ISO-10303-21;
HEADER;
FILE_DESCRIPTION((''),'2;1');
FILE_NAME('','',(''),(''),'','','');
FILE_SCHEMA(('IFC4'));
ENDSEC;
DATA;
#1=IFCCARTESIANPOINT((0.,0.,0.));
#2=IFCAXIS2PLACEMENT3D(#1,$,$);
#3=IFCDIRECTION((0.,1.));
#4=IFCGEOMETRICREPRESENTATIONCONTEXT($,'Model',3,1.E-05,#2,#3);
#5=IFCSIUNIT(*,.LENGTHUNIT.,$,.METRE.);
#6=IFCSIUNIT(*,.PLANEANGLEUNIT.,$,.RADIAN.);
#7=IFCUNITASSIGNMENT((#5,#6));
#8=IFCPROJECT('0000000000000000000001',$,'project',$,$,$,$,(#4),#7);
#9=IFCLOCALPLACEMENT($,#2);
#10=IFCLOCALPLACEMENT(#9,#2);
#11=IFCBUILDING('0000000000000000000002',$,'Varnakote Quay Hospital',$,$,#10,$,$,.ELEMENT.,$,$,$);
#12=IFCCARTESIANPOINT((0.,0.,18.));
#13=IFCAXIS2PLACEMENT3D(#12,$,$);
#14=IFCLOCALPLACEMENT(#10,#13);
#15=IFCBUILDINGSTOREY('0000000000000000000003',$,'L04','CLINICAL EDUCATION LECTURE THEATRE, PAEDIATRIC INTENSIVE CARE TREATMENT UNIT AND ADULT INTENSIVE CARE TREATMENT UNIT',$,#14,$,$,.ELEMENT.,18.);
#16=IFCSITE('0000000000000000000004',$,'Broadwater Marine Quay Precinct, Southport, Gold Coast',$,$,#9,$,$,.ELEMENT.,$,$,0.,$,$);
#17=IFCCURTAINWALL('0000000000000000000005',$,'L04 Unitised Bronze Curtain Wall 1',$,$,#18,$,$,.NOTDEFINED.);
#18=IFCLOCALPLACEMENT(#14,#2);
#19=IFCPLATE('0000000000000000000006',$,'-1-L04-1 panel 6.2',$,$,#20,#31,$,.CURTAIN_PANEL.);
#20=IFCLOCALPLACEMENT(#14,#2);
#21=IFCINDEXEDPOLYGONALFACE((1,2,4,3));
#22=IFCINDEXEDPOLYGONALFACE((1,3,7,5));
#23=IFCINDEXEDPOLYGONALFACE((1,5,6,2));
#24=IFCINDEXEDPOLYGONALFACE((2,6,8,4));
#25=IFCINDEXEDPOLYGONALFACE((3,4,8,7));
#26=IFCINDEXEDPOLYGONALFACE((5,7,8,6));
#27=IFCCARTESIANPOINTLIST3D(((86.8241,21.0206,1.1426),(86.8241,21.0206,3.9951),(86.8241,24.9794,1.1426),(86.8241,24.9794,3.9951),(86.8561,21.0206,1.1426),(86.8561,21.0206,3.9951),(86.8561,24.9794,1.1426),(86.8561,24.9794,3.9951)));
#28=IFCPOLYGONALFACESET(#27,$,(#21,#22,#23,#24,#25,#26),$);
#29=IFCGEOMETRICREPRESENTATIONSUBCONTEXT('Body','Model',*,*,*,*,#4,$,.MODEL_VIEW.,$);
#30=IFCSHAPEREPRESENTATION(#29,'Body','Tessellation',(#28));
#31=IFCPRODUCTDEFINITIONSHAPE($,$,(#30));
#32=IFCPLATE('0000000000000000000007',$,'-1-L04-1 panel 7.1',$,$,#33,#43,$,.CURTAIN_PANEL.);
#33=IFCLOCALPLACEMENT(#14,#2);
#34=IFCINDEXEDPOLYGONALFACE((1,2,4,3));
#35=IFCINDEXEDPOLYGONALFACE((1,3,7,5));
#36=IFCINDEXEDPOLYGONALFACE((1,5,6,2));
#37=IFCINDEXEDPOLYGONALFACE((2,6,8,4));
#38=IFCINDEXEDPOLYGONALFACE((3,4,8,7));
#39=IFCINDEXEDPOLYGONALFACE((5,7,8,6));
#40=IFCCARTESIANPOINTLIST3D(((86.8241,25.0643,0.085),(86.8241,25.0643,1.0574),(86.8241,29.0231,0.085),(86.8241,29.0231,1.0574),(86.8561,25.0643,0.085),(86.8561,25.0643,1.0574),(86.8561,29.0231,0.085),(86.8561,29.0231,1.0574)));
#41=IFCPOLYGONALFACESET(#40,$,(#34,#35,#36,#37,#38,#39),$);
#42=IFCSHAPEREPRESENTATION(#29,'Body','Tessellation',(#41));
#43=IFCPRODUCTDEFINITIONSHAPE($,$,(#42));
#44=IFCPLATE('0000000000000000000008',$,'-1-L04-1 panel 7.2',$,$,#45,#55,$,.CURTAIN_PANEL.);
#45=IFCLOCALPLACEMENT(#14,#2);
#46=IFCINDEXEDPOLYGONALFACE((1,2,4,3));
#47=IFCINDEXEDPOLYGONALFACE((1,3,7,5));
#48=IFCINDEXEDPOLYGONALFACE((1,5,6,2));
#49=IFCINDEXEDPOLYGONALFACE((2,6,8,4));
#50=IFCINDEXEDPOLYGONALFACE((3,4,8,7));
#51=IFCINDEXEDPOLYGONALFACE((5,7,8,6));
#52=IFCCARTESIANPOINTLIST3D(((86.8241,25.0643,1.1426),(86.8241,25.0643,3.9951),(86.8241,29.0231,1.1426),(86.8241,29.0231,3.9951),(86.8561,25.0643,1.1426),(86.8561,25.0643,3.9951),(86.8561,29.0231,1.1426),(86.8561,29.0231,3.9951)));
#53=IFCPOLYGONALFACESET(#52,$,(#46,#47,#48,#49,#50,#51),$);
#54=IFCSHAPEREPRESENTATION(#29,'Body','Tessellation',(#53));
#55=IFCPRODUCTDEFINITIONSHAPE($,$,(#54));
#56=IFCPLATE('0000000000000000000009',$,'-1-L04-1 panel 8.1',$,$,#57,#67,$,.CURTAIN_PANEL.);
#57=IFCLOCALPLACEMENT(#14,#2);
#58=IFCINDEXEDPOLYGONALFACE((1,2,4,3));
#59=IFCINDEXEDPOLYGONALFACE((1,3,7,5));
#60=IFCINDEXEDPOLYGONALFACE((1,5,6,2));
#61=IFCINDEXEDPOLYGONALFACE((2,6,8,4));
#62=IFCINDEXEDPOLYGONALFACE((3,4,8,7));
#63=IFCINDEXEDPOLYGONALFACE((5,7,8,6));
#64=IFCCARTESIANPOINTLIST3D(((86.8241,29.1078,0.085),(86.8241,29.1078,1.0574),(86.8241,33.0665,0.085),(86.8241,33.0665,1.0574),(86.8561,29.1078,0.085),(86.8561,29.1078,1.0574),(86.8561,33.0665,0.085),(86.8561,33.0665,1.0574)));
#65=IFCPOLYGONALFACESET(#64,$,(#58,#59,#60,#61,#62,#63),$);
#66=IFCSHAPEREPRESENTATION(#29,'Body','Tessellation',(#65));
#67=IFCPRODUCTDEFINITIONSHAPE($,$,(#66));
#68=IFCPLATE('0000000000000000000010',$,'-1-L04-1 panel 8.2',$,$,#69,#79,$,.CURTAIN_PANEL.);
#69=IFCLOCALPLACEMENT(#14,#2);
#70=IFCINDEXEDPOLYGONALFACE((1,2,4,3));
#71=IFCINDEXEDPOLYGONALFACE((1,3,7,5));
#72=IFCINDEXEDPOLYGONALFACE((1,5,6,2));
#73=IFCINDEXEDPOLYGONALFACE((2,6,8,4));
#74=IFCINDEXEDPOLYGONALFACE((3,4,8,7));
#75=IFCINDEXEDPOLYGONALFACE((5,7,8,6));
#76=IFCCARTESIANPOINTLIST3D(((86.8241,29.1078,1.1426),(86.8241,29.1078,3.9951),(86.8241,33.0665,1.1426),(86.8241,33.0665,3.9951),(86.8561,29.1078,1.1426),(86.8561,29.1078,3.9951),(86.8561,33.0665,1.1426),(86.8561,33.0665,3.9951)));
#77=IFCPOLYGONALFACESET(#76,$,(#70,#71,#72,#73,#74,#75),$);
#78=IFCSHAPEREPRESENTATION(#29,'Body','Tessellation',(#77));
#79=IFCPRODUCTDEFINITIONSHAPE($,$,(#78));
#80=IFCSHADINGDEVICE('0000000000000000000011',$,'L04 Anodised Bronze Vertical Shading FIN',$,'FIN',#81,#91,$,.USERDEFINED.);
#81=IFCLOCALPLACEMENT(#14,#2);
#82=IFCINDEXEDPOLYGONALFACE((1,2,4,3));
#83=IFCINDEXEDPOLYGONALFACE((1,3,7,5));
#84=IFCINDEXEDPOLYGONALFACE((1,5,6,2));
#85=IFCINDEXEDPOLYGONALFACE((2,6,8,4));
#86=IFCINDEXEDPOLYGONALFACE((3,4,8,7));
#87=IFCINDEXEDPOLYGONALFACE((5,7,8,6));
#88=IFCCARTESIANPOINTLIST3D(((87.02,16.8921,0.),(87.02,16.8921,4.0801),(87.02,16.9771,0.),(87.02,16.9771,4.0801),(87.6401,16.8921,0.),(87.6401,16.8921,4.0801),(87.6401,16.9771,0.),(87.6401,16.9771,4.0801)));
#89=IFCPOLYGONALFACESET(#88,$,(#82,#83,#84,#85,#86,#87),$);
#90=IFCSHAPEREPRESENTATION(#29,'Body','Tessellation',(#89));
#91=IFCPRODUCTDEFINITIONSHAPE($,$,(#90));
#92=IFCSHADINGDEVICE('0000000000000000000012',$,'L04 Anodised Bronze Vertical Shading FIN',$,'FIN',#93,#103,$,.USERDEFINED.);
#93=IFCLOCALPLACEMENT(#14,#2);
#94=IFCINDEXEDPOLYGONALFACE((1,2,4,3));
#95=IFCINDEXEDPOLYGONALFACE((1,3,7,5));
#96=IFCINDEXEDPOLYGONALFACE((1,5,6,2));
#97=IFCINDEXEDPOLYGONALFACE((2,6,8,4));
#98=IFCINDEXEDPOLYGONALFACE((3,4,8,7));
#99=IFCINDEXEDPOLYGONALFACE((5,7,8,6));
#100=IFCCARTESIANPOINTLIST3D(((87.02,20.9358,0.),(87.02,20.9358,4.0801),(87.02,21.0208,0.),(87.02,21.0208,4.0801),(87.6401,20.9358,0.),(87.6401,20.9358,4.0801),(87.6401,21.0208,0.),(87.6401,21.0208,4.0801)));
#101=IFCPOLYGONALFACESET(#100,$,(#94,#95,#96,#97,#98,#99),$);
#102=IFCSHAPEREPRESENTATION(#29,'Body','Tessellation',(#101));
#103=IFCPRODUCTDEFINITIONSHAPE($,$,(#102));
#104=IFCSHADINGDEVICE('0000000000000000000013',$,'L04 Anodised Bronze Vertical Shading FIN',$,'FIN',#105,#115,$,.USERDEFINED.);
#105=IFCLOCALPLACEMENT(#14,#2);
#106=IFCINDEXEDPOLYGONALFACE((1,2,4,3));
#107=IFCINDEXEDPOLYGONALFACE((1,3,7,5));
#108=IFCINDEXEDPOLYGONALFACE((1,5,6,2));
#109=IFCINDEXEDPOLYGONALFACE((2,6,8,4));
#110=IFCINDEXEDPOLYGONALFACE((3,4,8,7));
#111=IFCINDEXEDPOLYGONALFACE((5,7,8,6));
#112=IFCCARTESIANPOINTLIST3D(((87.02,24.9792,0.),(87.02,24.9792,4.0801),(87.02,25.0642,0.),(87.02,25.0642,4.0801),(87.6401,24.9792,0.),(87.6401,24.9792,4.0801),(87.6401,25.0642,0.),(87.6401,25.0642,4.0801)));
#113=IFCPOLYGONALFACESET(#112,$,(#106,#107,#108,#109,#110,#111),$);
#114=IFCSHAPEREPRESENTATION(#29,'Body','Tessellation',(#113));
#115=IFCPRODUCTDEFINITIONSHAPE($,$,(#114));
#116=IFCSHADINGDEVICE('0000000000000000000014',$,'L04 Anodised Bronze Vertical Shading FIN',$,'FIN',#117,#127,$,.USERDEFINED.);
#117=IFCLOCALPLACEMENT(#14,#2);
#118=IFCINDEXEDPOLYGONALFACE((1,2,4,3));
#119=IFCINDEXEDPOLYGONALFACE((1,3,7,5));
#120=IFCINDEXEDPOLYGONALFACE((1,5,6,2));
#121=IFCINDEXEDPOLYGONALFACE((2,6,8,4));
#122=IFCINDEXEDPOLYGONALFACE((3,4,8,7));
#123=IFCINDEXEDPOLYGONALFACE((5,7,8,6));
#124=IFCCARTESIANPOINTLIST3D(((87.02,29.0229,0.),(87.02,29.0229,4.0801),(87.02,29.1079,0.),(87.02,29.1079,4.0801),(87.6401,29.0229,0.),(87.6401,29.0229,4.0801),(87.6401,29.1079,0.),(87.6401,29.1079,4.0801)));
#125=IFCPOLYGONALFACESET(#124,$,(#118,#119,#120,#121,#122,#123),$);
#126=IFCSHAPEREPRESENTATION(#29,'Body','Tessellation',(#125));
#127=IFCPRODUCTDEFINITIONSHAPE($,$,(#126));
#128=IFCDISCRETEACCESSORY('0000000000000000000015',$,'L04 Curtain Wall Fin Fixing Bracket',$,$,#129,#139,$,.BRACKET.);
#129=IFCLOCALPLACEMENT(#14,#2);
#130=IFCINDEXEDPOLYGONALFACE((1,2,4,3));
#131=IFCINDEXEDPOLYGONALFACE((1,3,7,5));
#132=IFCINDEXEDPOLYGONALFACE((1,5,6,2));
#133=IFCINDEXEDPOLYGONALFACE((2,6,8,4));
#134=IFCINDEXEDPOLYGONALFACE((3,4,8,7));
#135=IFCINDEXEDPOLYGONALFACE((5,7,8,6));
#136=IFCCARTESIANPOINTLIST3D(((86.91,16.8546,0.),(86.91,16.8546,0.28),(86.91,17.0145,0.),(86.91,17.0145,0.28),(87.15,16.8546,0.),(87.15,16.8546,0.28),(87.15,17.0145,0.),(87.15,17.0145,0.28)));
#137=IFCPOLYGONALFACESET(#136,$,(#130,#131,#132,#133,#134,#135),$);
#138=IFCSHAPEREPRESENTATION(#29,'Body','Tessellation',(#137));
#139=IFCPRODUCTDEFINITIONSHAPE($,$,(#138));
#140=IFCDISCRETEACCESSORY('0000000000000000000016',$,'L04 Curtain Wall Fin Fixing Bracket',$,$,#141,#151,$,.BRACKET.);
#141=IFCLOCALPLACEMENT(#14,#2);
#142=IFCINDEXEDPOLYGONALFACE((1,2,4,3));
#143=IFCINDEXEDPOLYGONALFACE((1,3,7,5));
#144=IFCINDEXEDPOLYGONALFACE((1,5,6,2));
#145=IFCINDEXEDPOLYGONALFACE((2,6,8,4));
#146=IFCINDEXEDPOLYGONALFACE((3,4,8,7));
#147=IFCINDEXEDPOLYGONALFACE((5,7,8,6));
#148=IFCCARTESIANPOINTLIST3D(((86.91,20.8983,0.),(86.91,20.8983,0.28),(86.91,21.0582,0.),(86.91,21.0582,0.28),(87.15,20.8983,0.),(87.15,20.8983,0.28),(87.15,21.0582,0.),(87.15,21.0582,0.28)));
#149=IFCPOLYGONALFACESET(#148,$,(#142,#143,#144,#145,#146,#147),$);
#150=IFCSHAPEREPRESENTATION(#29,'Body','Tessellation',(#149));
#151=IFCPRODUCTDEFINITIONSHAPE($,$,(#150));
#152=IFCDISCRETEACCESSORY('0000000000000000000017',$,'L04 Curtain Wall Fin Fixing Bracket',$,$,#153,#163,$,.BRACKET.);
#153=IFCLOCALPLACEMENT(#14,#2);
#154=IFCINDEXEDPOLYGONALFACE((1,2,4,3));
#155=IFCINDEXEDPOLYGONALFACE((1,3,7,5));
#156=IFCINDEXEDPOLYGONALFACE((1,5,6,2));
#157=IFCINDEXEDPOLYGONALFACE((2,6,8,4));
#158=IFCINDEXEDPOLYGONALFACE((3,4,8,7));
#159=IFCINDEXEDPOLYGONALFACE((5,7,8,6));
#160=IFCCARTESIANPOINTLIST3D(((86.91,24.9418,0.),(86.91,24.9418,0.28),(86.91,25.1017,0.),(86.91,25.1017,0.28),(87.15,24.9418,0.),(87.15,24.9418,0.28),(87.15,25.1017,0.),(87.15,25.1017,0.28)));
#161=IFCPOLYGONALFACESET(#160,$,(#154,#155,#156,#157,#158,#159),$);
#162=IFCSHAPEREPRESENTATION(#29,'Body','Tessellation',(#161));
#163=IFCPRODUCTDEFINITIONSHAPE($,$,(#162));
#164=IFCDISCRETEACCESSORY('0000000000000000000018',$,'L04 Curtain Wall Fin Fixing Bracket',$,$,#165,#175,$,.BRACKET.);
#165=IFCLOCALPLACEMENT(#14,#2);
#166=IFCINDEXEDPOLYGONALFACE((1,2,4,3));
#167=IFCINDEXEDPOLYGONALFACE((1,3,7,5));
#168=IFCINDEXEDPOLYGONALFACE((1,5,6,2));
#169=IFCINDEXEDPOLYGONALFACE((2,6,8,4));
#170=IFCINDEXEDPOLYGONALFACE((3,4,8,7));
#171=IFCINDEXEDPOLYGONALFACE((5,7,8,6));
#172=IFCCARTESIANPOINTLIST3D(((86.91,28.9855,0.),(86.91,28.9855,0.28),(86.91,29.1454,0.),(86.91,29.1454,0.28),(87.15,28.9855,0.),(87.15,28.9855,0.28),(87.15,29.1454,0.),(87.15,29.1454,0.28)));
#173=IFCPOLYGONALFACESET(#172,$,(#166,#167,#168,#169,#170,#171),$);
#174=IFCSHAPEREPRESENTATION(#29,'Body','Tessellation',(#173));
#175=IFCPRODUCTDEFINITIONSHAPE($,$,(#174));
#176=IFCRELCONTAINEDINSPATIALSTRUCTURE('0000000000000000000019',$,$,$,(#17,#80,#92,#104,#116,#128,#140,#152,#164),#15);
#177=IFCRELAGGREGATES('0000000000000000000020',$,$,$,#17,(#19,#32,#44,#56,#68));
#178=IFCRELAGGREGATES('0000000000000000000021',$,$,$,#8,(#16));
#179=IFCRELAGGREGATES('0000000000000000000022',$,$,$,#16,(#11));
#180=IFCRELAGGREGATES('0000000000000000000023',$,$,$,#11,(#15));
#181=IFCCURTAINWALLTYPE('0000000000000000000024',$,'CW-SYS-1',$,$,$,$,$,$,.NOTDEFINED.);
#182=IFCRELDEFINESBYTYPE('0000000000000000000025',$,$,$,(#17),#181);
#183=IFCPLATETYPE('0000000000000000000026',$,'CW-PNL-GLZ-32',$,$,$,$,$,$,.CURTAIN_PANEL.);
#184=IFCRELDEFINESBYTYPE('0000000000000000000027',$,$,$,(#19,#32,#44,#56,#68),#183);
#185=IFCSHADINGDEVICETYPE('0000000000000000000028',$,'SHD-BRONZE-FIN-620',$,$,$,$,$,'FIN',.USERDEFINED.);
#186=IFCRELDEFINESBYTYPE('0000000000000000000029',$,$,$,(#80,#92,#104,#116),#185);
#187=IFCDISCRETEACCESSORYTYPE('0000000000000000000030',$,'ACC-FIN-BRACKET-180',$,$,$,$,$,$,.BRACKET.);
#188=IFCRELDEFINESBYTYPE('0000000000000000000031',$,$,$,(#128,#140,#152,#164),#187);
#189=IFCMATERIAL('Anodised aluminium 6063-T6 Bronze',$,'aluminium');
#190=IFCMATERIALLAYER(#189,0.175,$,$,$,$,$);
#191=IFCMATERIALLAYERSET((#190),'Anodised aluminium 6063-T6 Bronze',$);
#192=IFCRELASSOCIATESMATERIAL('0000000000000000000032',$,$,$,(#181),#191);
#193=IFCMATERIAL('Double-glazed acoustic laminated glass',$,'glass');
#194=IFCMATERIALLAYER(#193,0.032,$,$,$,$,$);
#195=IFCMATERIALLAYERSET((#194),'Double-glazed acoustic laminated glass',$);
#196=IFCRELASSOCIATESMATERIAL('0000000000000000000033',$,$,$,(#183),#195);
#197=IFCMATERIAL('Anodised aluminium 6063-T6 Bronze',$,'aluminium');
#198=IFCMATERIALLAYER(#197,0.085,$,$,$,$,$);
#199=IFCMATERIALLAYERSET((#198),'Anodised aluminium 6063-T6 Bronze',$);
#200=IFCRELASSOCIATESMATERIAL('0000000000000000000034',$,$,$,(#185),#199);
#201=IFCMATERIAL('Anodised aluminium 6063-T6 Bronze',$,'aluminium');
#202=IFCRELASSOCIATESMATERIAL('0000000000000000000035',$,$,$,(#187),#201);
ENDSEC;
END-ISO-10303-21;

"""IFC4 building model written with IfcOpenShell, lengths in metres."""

from ifc_helpers import new_model, si_unit, direction, frame, origin, origin_2d, place, context, subcontext, project, spatial, rectangle, extrude, material, layer, layer_set, type_object, element, aggregate, save


model = new_model("IFC4")

# Units and contexts
model_context = context("Model", 3, precision=1e-05, world=origin(), true_north=direction((0.0, 1.0)))
body_context = subcontext(model_context, "Body", "Model", "MODEL_VIEW")
ifc_project = project(units=[si_unit("LENGTHUNIT", "METRE"), si_unit("PLANEANGLEUNIT", "RADIAN")], contexts=[model_context])

# Site, building, storey
site_placement = place(None, origin())
site = spatial("IfcSite", under=ifc_project, at=site_placement, Name="Broadwater Marine Quay Precinct, Southport, Gold Coast", CompositionType="ELEMENT", RefElevation=0.0)
building_placement = place(site_placement, origin())
building = spatial("IfcBuilding", under=site, at=building_placement, Name="Varnakote Quay Hospital", CompositionType="ELEMENT")
storey_placement = place(building_placement, frame((0.0, 0.0, 18.0)))
storey = spatial("IfcBuildingStorey", under=building, at=storey_placement, Name="L04", Description="CLINICAL EDUCATION LECTURE THEATRE, PAEDIATRIC INTENSIVE CARE TREATMENT UNIT AND ADULT INTENSIVE CARE TREATMENT UNIT", CompositionType="ELEMENT", Elevation=18.0)

# Curtain wall, plates
ifc_material_1 = material(Name="Anodised aluminium 6063-T6 Bronze", Category="aluminium")
ifc_layer_1 = layer(ifc_material_1, 0.175)
ifc_layer_set_1 = layer_set([ifc_layer_1], Name="Anodised aluminium 6063-T6 Bronze")
curtain_wall_type = type_object("IfcCurtainWallType", Name="CW-SYS-1", PredefinedType="NOTDEFINED", material=ifc_layer_set_1)
curtain_wall_placement = place(storey_placement, origin())
curtain_wall = element("IfcCurtainWall", 1, at=curtain_wall_placement, inside=storey, type_object=curtain_wall_type, Name="L04 Unitised Bronze Curtain Wall 1", PredefinedType="NOTDEFINED")
ifc_material_2 = material(Name="Double-glazed acoustic laminated glass", Category="glass")
ifc_layer_2 = layer(ifc_material_2, 0.032)
ifc_layer_set_2 = layer_set([ifc_layer_2], Name="Double-glazed acoustic laminated glass")
plate_type = type_object("IfcPlateType", Name="CW-PNL-GLZ-32", PredefinedType="CURTAIN_PANEL", material=ifc_layer_set_2)
plate_1_placement = place(storey_placement, frame((86.8401, 23.0, 1.1426), z_axis=(0.0, 0.0, 1.0), x_axis=(0.0, 1.0, 0.0)))
plate_1 = element("IfcPlate", 2, at=plate_1_placement, type_object=plate_type, Name="-1-L04-1 panel 6.2", PredefinedType="CURTAIN_PANEL", context=body_context, shape_type="SweptSolid", body=[
    extrude(rectangle(XDim=3.9587, YDim=0.032, at=origin_2d()), origin(), (0.0, 0.0, 1.0), 2.8525),
])
plate_2_placement = place(storey_placement, frame((86.8401, 27.0437, 0.085), z_axis=(0.0, 0.0, 1.0), x_axis=(0.0, 1.0, 0.0)))
plate_2 = element("IfcPlate", 3, at=plate_2_placement, type_object=plate_type, Name="-1-L04-1 panel 7.1", PredefinedType="CURTAIN_PANEL", context=body_context, shape_type="SweptSolid", body=[
    extrude(rectangle(XDim=3.9587, YDim=0.032, at=origin_2d()), origin(), (0.0, 0.0, 1.0), 0.9724),
])
plate_3_placement = place(storey_placement, frame((86.8401, 27.0437, 1.1426), z_axis=(0.0, 0.0, 1.0), x_axis=(0.0, 1.0, 0.0)))
plate_3 = element("IfcPlate", 4, at=plate_3_placement, type_object=plate_type, Name="-1-L04-1 panel 7.2", PredefinedType="CURTAIN_PANEL", context=body_context, shape_type="SweptSolid", body=[
    extrude(rectangle(XDim=3.9587, YDim=0.032, at=origin_2d()), origin(), (0.0, 0.0, 1.0), 2.8525),
])
plate_4_placement = place(storey_placement, frame((86.8401, 31.0872, 0.085), z_axis=(0.0, 0.0, 1.0), x_axis=(0.0, 1.0, 0.0)))
plate_4 = element("IfcPlate", 5, at=plate_4_placement, type_object=plate_type, Name="-1-L04-1 panel 8.1", PredefinedType="CURTAIN_PANEL", context=body_context, shape_type="SweptSolid", body=[
    extrude(rectangle(XDim=3.9587, YDim=0.032, at=origin_2d()), origin(), (0.0, 0.0, 1.0), 0.9724),
])
plate_5_placement = place(storey_placement, frame((86.8401, 31.0872, 1.1426), z_axis=(0.0, 0.0, 1.0), x_axis=(0.0, 1.0, 0.0)))
plate_5 = element("IfcPlate", 6, at=plate_5_placement, type_object=plate_type, Name="-1-L04-1 panel 8.2", PredefinedType="CURTAIN_PANEL", context=body_context, shape_type="SweptSolid", body=[
    extrude(rectangle(XDim=3.9587, YDim=0.032, at=origin_2d()), origin(), (0.0, 0.0, 1.0), 2.8525),
])
aggregate(curtain_wall, [plate_1, plate_2, plate_3, plate_4, plate_5])

# Shading devices
ifc_material_3 = material(Name="Anodised aluminium 6063-T6 Bronze", Category="aluminium")
ifc_layer_3 = layer(ifc_material_3, 0.085)
ifc_layer_set_3 = layer_set([ifc_layer_3], Name="Anodised aluminium 6063-T6 Bronze")
shading_device_type = type_object("IfcShadingDeviceType", Name="SHD-BRONZE-FIN-620", ElementType="FIN", PredefinedType="USERDEFINED", material=ifc_layer_set_3)
for number, where, z_axis, x_axis, name in (
    (7, (87.3301, 16.9346, 0.0), (0.0, 0.0, 1.0), (-1.0, 0.0, 0.0), "L04 Anodised Bronze Vertical Shading FIN"),
    (8, (87.3301, 20.9783, 0.0), (0.0, 0.0, 1.0), (-1.0, 0.0, 0.0), "L04 Anodised Bronze Vertical Shading FIN"),
    (9, (87.3301, 25.0217, 0.0), (0.0, 0.0, 1.0), (-1.0, 0.0, 0.0), "L04 Anodised Bronze Vertical Shading FIN"),
    (10, (87.3301, 29.0654, 0.0), (0.0, 0.0, 1.0), (-1.0, 0.0, 0.0), "L04 Anodised Bronze Vertical Shading FIN"),
):
    element("IfcShadingDevice", number, at=place(storey_placement, frame(where, z_axis=z_axis, x_axis=x_axis)), inside=storey, type_object=shading_device_type, Name=name, ObjectType="FIN", PredefinedType="USERDEFINED", context=body_context, shape_type="SweptSolid", body=[
        extrude(rectangle(XDim=0.6201, YDim=0.085, at=origin_2d()), origin(), (0.0, 0.0, 1.0), 4.0801),
    ])

# Discrete accessories
ifc_material_4 = material(Name="Anodised aluminium 6063-T6 Bronze", Category="aluminium")
discrete_accessory_type = type_object("IfcDiscreteAccessoryType", Name="ACC-FIN-BRACKET-180", PredefinedType="BRACKET", material=ifc_material_4)
for number, where, z_axis, x_axis, name in (
    (11, (87.03, 16.9346, 0.0), (0.0, 0.0, 1.0), (0.0, 1.0, 0.0), "L04 Curtain Wall Fin Fixing Bracket"),
    (12, (87.03, 20.9783, 0.0), (0.0, 0.0, 1.0), (0.0, 1.0, 0.0), "L04 Curtain Wall Fin Fixing Bracket"),
    (13, (87.03, 25.0217, 0.0), (0.0, 0.0, 1.0), (0.0, 1.0, 0.0), "L04 Curtain Wall Fin Fixing Bracket"),
    (14, (87.03, 29.0654, 0.0), (0.0, 0.0, 1.0), (0.0, 1.0, 0.0), "L04 Curtain Wall Fin Fixing Bracket"),
):
    element("IfcDiscreteAccessory", number, at=place(storey_placement, frame(where, z_axis=z_axis, x_axis=x_axis)), inside=storey, type_object=discrete_accessory_type, Name=name, PredefinedType="BRACKET", context=body_context, shape_type="SweptSolid", body=[
        extrude(rectangle(XDim=0.1599, YDim=0.24, at=origin_2d()), origin(), (0.0, 0.0, 1.0), 0.28),
    ])

save(model, "model.ifc")
